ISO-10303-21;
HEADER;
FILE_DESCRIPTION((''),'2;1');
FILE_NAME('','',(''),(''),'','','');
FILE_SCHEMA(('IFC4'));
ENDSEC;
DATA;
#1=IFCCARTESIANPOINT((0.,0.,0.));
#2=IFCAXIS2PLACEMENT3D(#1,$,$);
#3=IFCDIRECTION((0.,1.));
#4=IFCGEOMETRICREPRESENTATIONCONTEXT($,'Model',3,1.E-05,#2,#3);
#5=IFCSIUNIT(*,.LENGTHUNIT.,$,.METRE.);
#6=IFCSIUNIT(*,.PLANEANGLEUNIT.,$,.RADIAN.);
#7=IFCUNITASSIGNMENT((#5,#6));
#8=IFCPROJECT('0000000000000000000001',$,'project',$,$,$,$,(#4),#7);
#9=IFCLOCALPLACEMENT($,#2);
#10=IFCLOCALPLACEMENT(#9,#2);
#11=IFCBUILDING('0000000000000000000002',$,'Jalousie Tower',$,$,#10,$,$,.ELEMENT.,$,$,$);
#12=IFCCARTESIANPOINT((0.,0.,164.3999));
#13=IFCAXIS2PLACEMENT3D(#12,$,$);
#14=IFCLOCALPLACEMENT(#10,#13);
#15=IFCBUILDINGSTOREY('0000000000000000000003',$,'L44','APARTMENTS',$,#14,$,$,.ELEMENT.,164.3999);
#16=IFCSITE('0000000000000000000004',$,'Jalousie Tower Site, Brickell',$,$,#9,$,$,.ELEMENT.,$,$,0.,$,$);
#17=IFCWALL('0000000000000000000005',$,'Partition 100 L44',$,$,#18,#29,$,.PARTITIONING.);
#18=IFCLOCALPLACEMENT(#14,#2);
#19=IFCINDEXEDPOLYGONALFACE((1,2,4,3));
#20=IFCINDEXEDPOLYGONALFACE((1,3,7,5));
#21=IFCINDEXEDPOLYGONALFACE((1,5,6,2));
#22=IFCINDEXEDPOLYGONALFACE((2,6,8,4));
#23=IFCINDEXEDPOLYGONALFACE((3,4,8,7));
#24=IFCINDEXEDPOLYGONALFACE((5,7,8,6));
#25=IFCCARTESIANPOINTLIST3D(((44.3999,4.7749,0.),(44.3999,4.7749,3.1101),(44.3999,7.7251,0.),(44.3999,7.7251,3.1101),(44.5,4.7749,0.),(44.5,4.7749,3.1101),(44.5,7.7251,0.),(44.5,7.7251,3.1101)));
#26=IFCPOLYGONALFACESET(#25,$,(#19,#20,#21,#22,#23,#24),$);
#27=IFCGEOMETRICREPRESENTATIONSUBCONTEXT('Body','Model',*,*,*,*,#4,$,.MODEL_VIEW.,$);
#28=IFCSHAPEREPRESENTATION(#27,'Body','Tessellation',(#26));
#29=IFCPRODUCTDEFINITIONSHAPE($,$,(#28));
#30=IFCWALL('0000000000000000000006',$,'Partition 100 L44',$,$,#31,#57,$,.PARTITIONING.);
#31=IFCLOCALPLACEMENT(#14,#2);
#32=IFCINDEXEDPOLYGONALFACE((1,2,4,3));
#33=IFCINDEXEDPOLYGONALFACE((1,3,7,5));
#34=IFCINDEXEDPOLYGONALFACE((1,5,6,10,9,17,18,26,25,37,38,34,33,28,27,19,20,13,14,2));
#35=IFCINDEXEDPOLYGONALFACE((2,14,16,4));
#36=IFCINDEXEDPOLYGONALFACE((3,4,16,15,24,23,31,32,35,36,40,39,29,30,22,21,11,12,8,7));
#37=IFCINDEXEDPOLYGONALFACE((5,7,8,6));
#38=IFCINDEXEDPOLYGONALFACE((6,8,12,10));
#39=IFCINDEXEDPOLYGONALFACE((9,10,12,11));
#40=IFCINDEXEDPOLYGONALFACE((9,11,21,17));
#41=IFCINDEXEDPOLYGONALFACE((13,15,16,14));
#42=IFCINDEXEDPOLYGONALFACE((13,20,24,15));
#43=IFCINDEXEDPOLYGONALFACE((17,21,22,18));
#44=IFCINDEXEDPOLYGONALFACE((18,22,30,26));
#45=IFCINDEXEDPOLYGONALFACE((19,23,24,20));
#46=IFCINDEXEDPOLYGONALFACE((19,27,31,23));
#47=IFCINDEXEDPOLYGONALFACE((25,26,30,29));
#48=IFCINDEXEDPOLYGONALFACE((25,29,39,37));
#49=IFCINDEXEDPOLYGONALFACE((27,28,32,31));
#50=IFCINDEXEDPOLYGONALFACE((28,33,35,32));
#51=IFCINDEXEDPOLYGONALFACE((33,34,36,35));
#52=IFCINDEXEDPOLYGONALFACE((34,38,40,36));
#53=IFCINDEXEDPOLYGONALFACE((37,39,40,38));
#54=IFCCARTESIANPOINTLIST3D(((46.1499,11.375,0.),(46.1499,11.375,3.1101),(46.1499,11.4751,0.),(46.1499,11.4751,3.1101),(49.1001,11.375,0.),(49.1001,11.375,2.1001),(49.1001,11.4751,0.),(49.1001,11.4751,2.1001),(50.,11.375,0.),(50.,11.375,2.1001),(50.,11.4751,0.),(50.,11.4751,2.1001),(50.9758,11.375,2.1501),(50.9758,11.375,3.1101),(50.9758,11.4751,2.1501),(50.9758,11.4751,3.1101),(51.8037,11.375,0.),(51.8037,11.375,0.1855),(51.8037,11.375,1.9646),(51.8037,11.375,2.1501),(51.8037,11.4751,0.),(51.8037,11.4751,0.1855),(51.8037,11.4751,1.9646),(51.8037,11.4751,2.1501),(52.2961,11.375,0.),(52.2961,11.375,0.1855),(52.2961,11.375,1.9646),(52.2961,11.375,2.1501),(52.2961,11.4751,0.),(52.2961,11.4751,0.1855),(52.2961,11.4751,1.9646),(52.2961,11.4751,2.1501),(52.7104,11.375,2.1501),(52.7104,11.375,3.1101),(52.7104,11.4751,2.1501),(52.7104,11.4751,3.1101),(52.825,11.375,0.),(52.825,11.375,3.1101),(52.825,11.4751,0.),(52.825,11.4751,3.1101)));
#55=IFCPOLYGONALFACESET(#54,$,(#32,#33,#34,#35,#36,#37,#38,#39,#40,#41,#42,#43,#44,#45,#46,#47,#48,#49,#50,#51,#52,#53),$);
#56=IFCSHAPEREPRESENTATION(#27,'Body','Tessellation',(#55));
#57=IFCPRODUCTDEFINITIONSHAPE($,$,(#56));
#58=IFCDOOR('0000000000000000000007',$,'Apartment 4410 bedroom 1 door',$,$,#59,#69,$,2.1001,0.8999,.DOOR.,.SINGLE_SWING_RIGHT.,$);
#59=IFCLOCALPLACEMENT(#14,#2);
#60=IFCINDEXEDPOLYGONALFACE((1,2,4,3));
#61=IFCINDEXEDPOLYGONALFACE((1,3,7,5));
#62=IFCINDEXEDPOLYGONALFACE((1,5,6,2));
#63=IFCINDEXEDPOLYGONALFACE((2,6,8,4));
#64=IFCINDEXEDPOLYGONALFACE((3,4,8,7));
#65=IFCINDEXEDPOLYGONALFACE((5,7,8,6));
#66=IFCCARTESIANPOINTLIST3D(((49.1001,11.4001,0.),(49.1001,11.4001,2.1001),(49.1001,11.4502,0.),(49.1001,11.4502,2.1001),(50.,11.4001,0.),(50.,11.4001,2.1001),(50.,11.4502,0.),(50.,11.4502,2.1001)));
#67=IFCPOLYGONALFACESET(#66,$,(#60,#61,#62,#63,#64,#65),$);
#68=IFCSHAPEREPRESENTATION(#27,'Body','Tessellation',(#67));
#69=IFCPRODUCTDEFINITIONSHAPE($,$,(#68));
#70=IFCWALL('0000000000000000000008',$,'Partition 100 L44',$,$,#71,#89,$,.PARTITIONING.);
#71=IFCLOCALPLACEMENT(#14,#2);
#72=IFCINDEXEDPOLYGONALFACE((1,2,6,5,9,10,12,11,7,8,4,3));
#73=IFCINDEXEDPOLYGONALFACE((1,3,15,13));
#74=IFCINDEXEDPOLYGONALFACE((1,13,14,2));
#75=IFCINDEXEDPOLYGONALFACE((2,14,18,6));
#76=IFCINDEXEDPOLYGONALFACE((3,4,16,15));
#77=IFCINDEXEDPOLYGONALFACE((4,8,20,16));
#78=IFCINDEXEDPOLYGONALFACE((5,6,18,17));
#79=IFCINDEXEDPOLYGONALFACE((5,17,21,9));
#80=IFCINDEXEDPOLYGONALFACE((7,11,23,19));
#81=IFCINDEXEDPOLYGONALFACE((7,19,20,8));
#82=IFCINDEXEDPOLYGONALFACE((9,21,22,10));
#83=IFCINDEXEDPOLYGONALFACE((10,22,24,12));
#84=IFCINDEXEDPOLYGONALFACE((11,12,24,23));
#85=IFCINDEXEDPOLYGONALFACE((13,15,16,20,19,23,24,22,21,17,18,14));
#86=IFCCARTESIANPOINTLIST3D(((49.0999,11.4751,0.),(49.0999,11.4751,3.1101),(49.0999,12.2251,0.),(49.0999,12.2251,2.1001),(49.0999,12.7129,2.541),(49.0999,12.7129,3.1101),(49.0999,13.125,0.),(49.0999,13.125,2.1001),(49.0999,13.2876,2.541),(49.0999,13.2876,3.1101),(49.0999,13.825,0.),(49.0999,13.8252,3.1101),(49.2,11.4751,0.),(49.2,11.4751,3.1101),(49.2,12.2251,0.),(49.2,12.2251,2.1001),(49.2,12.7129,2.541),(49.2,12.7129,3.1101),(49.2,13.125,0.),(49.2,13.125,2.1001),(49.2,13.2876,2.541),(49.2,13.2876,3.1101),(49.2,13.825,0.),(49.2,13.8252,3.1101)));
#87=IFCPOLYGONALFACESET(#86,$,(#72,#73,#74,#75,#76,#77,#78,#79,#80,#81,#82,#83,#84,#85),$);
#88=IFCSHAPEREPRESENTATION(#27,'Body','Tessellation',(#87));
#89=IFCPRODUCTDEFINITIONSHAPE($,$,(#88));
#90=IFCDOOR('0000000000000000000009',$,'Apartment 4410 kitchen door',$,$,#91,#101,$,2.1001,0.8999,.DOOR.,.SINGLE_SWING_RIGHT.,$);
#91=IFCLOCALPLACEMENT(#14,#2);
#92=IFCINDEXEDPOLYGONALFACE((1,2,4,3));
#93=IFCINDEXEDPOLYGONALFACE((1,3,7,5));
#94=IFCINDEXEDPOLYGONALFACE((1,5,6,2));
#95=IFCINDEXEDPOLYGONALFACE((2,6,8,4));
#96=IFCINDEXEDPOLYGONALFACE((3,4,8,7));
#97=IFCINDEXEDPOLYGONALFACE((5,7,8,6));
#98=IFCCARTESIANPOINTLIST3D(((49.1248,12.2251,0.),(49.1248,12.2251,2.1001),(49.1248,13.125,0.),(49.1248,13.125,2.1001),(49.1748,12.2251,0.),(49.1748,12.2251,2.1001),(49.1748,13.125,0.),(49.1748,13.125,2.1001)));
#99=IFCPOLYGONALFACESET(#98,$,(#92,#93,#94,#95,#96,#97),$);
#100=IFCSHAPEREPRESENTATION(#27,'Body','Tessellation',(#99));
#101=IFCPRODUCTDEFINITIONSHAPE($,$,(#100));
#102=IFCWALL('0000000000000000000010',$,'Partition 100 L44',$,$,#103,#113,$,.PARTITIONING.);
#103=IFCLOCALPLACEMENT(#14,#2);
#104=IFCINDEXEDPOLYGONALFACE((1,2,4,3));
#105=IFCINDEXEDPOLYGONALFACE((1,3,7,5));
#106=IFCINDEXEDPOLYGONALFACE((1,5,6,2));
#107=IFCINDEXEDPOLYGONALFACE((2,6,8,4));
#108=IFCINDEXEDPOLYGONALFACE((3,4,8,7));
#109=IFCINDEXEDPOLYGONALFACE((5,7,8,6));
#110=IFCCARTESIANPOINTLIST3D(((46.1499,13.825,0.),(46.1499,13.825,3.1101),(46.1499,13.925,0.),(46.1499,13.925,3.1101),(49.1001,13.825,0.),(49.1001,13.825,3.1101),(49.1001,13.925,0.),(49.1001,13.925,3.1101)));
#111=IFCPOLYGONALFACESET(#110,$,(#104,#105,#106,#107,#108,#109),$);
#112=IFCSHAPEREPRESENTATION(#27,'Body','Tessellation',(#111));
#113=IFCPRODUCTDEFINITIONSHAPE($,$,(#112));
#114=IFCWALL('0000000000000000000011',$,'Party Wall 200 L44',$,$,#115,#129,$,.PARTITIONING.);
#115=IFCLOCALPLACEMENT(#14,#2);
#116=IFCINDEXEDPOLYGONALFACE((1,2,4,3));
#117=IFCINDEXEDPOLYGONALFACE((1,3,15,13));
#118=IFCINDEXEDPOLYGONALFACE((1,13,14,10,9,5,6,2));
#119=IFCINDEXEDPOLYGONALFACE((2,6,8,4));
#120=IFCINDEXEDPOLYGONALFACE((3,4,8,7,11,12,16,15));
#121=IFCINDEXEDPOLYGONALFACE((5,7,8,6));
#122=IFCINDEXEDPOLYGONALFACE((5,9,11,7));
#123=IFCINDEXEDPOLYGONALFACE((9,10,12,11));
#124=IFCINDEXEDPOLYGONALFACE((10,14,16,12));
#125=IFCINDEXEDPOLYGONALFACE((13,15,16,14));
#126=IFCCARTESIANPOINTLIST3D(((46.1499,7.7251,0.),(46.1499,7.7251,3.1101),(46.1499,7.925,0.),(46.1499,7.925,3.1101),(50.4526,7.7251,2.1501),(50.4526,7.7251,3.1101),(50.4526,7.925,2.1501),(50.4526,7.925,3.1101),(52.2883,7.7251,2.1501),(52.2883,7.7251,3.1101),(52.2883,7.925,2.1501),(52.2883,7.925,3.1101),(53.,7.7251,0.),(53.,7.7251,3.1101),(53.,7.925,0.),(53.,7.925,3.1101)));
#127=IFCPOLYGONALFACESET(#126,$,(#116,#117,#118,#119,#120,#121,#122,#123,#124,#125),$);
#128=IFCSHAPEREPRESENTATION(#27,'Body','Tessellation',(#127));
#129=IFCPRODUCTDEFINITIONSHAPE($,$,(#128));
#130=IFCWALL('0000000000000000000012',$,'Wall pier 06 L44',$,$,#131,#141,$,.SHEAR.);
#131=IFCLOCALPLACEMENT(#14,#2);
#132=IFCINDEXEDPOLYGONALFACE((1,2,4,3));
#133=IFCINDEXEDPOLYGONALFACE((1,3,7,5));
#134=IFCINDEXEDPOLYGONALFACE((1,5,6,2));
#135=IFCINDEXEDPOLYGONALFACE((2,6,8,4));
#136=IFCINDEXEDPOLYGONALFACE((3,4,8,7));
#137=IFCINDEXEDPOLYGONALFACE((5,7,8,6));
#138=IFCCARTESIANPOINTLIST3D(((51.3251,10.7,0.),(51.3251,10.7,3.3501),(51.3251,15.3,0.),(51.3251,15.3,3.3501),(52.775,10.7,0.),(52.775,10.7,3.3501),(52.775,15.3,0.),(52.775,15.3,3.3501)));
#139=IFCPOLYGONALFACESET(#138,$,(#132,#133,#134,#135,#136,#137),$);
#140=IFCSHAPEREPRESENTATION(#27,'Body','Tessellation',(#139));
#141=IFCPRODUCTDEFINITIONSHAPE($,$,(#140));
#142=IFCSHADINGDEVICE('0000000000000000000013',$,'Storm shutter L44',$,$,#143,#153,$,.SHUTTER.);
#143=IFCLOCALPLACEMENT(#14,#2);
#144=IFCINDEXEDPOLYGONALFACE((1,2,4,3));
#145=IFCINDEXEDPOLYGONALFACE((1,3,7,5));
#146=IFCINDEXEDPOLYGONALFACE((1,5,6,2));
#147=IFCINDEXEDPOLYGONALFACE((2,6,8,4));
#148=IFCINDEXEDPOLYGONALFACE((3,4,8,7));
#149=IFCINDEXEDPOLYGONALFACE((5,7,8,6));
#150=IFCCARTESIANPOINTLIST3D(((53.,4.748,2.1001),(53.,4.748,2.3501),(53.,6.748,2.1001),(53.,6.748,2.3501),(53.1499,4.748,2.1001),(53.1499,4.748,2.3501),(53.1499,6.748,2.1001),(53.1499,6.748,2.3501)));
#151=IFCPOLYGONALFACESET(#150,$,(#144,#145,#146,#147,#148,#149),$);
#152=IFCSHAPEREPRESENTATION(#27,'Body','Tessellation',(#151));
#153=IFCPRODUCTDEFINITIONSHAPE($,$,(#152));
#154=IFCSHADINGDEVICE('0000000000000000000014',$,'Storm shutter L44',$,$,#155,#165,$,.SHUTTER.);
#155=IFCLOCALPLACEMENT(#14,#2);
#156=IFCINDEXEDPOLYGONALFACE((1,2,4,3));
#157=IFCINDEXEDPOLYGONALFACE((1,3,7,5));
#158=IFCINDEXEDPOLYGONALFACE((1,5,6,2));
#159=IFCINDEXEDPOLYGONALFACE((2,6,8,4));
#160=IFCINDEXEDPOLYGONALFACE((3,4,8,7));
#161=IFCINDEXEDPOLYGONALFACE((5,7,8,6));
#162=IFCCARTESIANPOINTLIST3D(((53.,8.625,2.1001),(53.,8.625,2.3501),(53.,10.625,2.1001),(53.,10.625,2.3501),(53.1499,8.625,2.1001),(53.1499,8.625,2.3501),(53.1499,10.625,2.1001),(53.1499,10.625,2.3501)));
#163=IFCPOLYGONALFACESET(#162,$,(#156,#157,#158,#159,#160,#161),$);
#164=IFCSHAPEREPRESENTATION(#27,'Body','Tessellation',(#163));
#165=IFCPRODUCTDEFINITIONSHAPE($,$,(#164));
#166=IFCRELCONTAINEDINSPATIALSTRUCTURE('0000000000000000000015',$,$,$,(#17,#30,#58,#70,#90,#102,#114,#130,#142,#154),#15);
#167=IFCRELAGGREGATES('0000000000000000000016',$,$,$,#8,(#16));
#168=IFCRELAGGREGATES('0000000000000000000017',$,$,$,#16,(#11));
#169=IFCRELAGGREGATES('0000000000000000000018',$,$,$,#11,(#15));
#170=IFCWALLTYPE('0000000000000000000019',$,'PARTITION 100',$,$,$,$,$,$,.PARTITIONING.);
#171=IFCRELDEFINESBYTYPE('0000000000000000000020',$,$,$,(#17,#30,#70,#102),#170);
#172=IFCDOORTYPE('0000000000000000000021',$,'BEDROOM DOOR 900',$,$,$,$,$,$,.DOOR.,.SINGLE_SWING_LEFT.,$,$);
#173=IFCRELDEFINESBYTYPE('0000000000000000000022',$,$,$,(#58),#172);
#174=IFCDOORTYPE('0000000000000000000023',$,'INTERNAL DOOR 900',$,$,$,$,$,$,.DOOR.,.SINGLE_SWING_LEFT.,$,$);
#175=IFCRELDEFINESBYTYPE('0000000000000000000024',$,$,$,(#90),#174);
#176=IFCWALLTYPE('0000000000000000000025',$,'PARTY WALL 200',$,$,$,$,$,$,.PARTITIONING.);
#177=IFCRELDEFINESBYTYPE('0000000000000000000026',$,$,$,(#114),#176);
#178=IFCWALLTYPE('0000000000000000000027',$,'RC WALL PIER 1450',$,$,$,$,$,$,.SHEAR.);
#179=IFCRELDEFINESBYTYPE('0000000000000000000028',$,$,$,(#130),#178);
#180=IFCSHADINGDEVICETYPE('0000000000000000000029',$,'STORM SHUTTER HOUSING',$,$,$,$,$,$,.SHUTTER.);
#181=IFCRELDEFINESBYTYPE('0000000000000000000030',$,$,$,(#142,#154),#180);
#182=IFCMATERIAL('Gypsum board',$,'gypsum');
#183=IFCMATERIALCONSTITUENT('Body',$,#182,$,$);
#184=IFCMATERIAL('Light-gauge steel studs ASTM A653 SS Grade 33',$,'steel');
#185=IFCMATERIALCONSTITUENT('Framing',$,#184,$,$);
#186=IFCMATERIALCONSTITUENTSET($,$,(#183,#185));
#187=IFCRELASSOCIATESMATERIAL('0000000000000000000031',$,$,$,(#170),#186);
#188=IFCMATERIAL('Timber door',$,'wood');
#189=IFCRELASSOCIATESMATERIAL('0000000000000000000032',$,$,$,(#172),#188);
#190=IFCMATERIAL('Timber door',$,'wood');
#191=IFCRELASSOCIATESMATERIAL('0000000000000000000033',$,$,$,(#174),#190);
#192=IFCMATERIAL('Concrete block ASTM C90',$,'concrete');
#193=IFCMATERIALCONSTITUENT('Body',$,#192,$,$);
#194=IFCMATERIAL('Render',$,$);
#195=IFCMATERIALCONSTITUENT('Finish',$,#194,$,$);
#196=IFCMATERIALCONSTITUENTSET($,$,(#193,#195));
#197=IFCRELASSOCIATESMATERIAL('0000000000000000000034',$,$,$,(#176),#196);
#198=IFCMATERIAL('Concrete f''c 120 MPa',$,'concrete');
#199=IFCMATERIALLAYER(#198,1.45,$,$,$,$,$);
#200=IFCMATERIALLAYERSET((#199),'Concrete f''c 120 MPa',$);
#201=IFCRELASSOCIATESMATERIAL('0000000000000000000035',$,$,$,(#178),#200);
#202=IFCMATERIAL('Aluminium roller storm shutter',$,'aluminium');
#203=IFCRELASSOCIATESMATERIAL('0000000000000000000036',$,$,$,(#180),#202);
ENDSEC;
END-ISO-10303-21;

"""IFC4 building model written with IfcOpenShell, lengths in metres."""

from ifc_helpers import new_model, si_unit, direction, frame, frame_2d, origin, origin_2d, place, context, subcontext, project, spatial, polyline, rectangle, outline, extrude, material, layer, layer_set, constituent, constituent_set, type_object, element, fill, save


model = new_model("IFC4")

# Units and contexts
model_context = context("Model", 3, precision=1e-05, world=origin(), true_north=direction((0.0, 1.0)))
body_context = subcontext(model_context, "Body", "Model", "MODEL_VIEW")
ifc_project = project(units=[si_unit("LENGTHUNIT", "METRE"), si_unit("PLANEANGLEUNIT", "RADIAN")], contexts=[model_context])

# Site, building, storey
site_placement = place(None, origin())
site = spatial("IfcSite", under=ifc_project, at=site_placement, Name="Jalousie Tower Site, Brickell", CompositionType="ELEMENT", RefElevation=0.0)
building_placement = place(site_placement, origin())
building = spatial("IfcBuilding", under=site, at=building_placement, Name="Jalousie Tower", CompositionType="ELEMENT")
storey_placement = place(building_placement, frame((0.0, 0.0, 164.3999)))
storey = spatial("IfcBuildingStorey", under=building, at=storey_placement, Name="L44", Description="APARTMENTS", CompositionType="ELEMENT", Elevation=164.3999)

# Wall
ifc_material_1 = material(Name="Gypsum board", Category="gypsum")
ifc_constituent_1 = constituent(ifc_material_1, Name="Body")
ifc_material_2 = material(Name="Light-gauge steel studs ASTM A653 SS Grade 33", Category="steel")
ifc_constituent_2 = constituent(ifc_material_2, Name="Framing")
ifc_constituent_set_1 = constituent_set(constituents=[ifc_constituent_1, ifc_constituent_2])
wall_type_1 = type_object("IfcWallType", Name="PARTITION 100", PredefinedType="PARTITIONING", material=ifc_constituent_set_1)
wall_1_placement = place(storey_placement, frame((44.45, 4.7749, 0.0), z_axis=(0.0, 0.0, 1.0), x_axis=(0.0, 1.0, 0.0)))
element("IfcWall", 1, at=wall_1_placement, inside=storey, type_object=wall_type_1, Name="Partition 100 L44", PredefinedType="PARTITIONING", context=body_context, shape_type="SweptSolid", body=[
    extrude(rectangle(XDim=2.9502, YDim=0.1001, at=frame_2d((1.4751, 0.0))), origin(), (0.0, 0.0, 1.0), 3.1101),
])

# Walls, openings, doors
wall_2_placement = place(storey_placement, frame((52.825, 11.425, 0.0), z_axis=(0.0, 0.0, 1.0), x_axis=(-1.0, 0.0, 0.0)))
wall_2 = element("IfcWall", 2, at=wall_2_placement, inside=storey, type_object=wall_type_1, Name="Partition 100 L44", PredefinedType="PARTITIONING", context=body_context, shape_type="SweptSolid", body=[
    extrude(outline(polyline([(0.1145, 3.1101), (0.0, 3.1101), (0.0, 0.0), (0.5288, 0.0), (0.5288, 0.1855), (1.0212, 0.1855), (1.0212, 0.0), (6.675, 0.0), (6.675, 3.1101), (1.8491, 3.1101), (1.8491, 2.1501), (1.0212, 2.1501), (1.0212, 1.9646), (0.5288, 1.9646), (0.5288, 2.1501), (0.1145, 2.1501), (0.1145, 3.1101)])), frame((0.0, 0.05, 0.0), z_axis=(0.0, -1.0, 0.0), x_axis=(1.0, 0.0, 0.0)), (0.0, 0.0, 1.0), 0.1001),
])
opening_1_placement = place(wall_2_placement, frame((2.825, 0.0, 0.0)))
opening_1 = element("IfcOpeningElement", 3, at=opening_1_placement, cuts=wall_2, PredefinedType="OPENING", context=body_context, shape_type="SweptSolid", body=[
    extrude(rectangle(XDim=0.8999, YDim=2.1001, at=frame_2d((0.45, 1.05))), frame((0.0, 0.0601, 0.0), z_axis=(0.0, -1.0, 0.0), x_axis=(1.0, 0.0, 0.0)), (0.0, 0.0, 1.0), 0.1201),
])
ifc_material_3 = material(Name="Timber door", Category="wood")
door_type_1 = type_object("IfcDoorType", Name="BEDROOM DOOR 900", OperationType="SINGLE_SWING_LEFT", PredefinedType="DOOR", material=ifc_material_3)
door_1_placement = place(opening_1_placement, origin())
door_1 = element("IfcDoor", 4, at=door_1_placement, inside=storey, type_object=door_type_1, Name="Apartment 4410 bedroom 1 door", OperationType="SINGLE_SWING_RIGHT", OverallHeight=2.1001, OverallWidth=0.8999, PredefinedType="DOOR", context=body_context, shape_type="SweptSolid", body=[
    extrude(rectangle(XDim=0.8999, YDim=2.1001, at=frame_2d((0.45, 1.05))), frame((0.0, 0.0249, 0.0), z_axis=(0.0, -1.0, 0.0), x_axis=(1.0, 0.0, 0.0)), (0.0, 0.0, 1.0), 0.05),
])
fill(opening_1, door_1)
wall_3_placement = place(storey_placement, frame((49.1499, 11.4751, 0.0), z_axis=(0.0, 0.0, 1.0), x_axis=(0.0, 1.0, 0.0)))
wall_3 = element("IfcWall", 5, at=wall_3_placement, inside=storey, type_object=wall_type_1, Name="Partition 100 L44", PredefinedType="PARTITIONING", context=body_context, shape_type="SweptSolid", body=[
    extrude(outline(polyline([(0.0, 0.0), (2.3499, 0.0), (2.3501, 3.1101), (1.8125, 3.1101), (1.8125, 2.541), (1.2378, 2.541), (1.2378, 3.1101), (0.0, 3.1101), (0.0, 0.0)])), frame((0.0, 0.05, 0.0), z_axis=(0.0, -1.0, 0.0), x_axis=(1.0, 0.0, 0.0)), (0.0, 0.0, 1.0), 0.1001),
])
opening_2_placement = place(wall_3_placement, frame((0.75, 0.0, 0.0)))
opening_2 = element("IfcOpeningElement", 6, at=opening_2_placement, cuts=wall_3, PredefinedType="OPENING", context=body_context, shape_type="SweptSolid", body=[
    extrude(rectangle(XDim=0.8999, YDim=2.1001, at=frame_2d((0.45, 1.05))), frame((0.0, 0.0601, 0.0), z_axis=(0.0, -1.0, 0.0), x_axis=(1.0, 0.0, 0.0)), (0.0, 0.0, 1.0), 0.1201),
])
ifc_material_4 = material(Name="Timber door", Category="wood")
door_type_2 = type_object("IfcDoorType", Name="INTERNAL DOOR 900", OperationType="SINGLE_SWING_LEFT", PredefinedType="DOOR", material=ifc_material_4)
door_2_placement = place(opening_2_placement, frame((0.8999, 0.0, 0.0), z_axis=(0.0, 0.0, 1.0), x_axis=(-1.0, 0.0, 0.0)))
door_2 = element("IfcDoor", 7, at=door_2_placement, inside=storey, type_object=door_type_2, Name="Apartment 4410 kitchen door", OperationType="SINGLE_SWING_RIGHT", OverallHeight=2.1001, OverallWidth=0.8999, PredefinedType="DOOR", context=body_context, shape_type="SweptSolid", body=[
    extrude(rectangle(XDim=0.8999, YDim=2.1001, at=frame_2d((0.45, 1.05))), frame((0.0, 0.0249, 0.0), z_axis=(0.0, -1.0, 0.0), x_axis=(1.0, 0.0, 0.0)), (0.0, 0.0, 1.0), 0.05),
])
fill(opening_2, door_2)

# Walls
wall_4_placement = place(storey_placement, frame((49.1001, 13.875, 0.0), z_axis=(0.0, 0.0, 1.0), x_axis=(-1.0, 0.0, 0.0)))
element("IfcWall", 8, at=wall_4_placement, inside=storey, type_object=wall_type_1, Name="Partition 100 L44", PredefinedType="PARTITIONING", context=body_context, shape_type="SweptSolid", body=[
    extrude(rectangle(XDim=2.9502, YDim=0.1001, at=frame_2d((1.4751, 0.0))), origin(), (0.0, 0.0, 1.0), 3.1101),
])
ifc_material_5 = material(Name="Concrete block ASTM C90", Category="concrete")
ifc_constituent_3 = constituent(ifc_material_5, Name="Body")
ifc_material_6 = material(Name="Render")
ifc_constituent_4 = constituent(ifc_material_6, Name="Finish")
ifc_constituent_set_2 = constituent_set(constituents=[ifc_constituent_3, ifc_constituent_4])
wall_type_2 = type_object("IfcWallType", Name="PARTY WALL 200", PredefinedType="PARTITIONING", material=ifc_constituent_set_2)
wall_5_placement = place(storey_placement, frame((46.1499, 7.825, 0.0), z_axis=(0.0, 0.0, 1.0), x_axis=(1.0, 0.0, 0.0)))
element("IfcWall", 9, at=wall_5_placement, inside=storey, type_object=wall_type_2, Name="Party Wall 200 L44", PredefinedType="PARTITIONING", context=body_context, shape_type="SweptSolid", body=[
    extrude(outline(polyline([(0.0, 0.0), (6.8501, 0.0), (6.8501, 3.1101), (6.1384, 3.1101), (6.1384, 2.1501), (4.3027, 2.1501), (4.3027, 3.1101), (0.0, 3.1101), (0.0, 0.0)])), frame((0.0, 0.1001, 0.0), z_axis=(0.0, -1.0, 0.0), x_axis=(1.0, 0.0, 0.0)), (0.0, 0.0, 1.0), 0.2),
])
ifc_material_7 = material(Name="Concrete f'c 120 MPa", Category="concrete")
ifc_layer_1 = layer(ifc_material_7, 1.45)
ifc_layer_set_1 = layer_set([ifc_layer_1], Name="Concrete f'c 120 MPa")
wall_type_3 = type_object("IfcWallType", Name="RC WALL PIER 1450", PredefinedType="SHEAR", material=ifc_layer_set_1)
wall_6_placement = place(storey_placement, frame((52.05, 10.7, 0.0), z_axis=(0.0, 0.0, 1.0), x_axis=(0.0, 1.0, 0.0)))
element("IfcWall", 10, at=wall_6_placement, inside=storey, type_object=wall_type_3, Name="Wall pier 06 L44", PredefinedType="SHEAR", context=body_context, shape_type="SweptSolid", body=[
    extrude(rectangle(XDim=4.6001, YDim=1.45, at=frame_2d((2.3, 0.0))), origin(), (0.0, 0.0, 1.0), 3.3501),
])

# Shading devices
ifc_material_8 = material(Name="Aluminium roller storm shutter", Category="aluminium")
shading_device_type = type_object("IfcShadingDeviceType", Name="STORM SHUTTER HOUSING", PredefinedType="SHUTTER", material=ifc_material_8)
for number, where, z_axis, x_axis, name in (
    (11, (53.075, 5.748, 2.1001), (0.0, 0.0, 1.0), (0.0, 1.0, 0.0), "Storm shutter L44"),
    (12, (53.075, 9.625, 2.1001), (0.0, 0.0, 1.0), (0.0, 1.0, 0.0), "Storm shutter L44"),
):
    element("IfcShadingDevice", number, at=place(storey_placement, frame(where, z_axis=z_axis, x_axis=x_axis)), inside=storey, type_object=shading_device_type, Name=name, PredefinedType="SHUTTER", context=body_context, shape_type="SweptSolid", body=[
        extrude(rectangle(XDim=2.0, YDim=0.1499, at=origin_2d()), origin(), (0.0, 0.0, 1.0), 0.25),
    ])

save(model, "model.ifc")
